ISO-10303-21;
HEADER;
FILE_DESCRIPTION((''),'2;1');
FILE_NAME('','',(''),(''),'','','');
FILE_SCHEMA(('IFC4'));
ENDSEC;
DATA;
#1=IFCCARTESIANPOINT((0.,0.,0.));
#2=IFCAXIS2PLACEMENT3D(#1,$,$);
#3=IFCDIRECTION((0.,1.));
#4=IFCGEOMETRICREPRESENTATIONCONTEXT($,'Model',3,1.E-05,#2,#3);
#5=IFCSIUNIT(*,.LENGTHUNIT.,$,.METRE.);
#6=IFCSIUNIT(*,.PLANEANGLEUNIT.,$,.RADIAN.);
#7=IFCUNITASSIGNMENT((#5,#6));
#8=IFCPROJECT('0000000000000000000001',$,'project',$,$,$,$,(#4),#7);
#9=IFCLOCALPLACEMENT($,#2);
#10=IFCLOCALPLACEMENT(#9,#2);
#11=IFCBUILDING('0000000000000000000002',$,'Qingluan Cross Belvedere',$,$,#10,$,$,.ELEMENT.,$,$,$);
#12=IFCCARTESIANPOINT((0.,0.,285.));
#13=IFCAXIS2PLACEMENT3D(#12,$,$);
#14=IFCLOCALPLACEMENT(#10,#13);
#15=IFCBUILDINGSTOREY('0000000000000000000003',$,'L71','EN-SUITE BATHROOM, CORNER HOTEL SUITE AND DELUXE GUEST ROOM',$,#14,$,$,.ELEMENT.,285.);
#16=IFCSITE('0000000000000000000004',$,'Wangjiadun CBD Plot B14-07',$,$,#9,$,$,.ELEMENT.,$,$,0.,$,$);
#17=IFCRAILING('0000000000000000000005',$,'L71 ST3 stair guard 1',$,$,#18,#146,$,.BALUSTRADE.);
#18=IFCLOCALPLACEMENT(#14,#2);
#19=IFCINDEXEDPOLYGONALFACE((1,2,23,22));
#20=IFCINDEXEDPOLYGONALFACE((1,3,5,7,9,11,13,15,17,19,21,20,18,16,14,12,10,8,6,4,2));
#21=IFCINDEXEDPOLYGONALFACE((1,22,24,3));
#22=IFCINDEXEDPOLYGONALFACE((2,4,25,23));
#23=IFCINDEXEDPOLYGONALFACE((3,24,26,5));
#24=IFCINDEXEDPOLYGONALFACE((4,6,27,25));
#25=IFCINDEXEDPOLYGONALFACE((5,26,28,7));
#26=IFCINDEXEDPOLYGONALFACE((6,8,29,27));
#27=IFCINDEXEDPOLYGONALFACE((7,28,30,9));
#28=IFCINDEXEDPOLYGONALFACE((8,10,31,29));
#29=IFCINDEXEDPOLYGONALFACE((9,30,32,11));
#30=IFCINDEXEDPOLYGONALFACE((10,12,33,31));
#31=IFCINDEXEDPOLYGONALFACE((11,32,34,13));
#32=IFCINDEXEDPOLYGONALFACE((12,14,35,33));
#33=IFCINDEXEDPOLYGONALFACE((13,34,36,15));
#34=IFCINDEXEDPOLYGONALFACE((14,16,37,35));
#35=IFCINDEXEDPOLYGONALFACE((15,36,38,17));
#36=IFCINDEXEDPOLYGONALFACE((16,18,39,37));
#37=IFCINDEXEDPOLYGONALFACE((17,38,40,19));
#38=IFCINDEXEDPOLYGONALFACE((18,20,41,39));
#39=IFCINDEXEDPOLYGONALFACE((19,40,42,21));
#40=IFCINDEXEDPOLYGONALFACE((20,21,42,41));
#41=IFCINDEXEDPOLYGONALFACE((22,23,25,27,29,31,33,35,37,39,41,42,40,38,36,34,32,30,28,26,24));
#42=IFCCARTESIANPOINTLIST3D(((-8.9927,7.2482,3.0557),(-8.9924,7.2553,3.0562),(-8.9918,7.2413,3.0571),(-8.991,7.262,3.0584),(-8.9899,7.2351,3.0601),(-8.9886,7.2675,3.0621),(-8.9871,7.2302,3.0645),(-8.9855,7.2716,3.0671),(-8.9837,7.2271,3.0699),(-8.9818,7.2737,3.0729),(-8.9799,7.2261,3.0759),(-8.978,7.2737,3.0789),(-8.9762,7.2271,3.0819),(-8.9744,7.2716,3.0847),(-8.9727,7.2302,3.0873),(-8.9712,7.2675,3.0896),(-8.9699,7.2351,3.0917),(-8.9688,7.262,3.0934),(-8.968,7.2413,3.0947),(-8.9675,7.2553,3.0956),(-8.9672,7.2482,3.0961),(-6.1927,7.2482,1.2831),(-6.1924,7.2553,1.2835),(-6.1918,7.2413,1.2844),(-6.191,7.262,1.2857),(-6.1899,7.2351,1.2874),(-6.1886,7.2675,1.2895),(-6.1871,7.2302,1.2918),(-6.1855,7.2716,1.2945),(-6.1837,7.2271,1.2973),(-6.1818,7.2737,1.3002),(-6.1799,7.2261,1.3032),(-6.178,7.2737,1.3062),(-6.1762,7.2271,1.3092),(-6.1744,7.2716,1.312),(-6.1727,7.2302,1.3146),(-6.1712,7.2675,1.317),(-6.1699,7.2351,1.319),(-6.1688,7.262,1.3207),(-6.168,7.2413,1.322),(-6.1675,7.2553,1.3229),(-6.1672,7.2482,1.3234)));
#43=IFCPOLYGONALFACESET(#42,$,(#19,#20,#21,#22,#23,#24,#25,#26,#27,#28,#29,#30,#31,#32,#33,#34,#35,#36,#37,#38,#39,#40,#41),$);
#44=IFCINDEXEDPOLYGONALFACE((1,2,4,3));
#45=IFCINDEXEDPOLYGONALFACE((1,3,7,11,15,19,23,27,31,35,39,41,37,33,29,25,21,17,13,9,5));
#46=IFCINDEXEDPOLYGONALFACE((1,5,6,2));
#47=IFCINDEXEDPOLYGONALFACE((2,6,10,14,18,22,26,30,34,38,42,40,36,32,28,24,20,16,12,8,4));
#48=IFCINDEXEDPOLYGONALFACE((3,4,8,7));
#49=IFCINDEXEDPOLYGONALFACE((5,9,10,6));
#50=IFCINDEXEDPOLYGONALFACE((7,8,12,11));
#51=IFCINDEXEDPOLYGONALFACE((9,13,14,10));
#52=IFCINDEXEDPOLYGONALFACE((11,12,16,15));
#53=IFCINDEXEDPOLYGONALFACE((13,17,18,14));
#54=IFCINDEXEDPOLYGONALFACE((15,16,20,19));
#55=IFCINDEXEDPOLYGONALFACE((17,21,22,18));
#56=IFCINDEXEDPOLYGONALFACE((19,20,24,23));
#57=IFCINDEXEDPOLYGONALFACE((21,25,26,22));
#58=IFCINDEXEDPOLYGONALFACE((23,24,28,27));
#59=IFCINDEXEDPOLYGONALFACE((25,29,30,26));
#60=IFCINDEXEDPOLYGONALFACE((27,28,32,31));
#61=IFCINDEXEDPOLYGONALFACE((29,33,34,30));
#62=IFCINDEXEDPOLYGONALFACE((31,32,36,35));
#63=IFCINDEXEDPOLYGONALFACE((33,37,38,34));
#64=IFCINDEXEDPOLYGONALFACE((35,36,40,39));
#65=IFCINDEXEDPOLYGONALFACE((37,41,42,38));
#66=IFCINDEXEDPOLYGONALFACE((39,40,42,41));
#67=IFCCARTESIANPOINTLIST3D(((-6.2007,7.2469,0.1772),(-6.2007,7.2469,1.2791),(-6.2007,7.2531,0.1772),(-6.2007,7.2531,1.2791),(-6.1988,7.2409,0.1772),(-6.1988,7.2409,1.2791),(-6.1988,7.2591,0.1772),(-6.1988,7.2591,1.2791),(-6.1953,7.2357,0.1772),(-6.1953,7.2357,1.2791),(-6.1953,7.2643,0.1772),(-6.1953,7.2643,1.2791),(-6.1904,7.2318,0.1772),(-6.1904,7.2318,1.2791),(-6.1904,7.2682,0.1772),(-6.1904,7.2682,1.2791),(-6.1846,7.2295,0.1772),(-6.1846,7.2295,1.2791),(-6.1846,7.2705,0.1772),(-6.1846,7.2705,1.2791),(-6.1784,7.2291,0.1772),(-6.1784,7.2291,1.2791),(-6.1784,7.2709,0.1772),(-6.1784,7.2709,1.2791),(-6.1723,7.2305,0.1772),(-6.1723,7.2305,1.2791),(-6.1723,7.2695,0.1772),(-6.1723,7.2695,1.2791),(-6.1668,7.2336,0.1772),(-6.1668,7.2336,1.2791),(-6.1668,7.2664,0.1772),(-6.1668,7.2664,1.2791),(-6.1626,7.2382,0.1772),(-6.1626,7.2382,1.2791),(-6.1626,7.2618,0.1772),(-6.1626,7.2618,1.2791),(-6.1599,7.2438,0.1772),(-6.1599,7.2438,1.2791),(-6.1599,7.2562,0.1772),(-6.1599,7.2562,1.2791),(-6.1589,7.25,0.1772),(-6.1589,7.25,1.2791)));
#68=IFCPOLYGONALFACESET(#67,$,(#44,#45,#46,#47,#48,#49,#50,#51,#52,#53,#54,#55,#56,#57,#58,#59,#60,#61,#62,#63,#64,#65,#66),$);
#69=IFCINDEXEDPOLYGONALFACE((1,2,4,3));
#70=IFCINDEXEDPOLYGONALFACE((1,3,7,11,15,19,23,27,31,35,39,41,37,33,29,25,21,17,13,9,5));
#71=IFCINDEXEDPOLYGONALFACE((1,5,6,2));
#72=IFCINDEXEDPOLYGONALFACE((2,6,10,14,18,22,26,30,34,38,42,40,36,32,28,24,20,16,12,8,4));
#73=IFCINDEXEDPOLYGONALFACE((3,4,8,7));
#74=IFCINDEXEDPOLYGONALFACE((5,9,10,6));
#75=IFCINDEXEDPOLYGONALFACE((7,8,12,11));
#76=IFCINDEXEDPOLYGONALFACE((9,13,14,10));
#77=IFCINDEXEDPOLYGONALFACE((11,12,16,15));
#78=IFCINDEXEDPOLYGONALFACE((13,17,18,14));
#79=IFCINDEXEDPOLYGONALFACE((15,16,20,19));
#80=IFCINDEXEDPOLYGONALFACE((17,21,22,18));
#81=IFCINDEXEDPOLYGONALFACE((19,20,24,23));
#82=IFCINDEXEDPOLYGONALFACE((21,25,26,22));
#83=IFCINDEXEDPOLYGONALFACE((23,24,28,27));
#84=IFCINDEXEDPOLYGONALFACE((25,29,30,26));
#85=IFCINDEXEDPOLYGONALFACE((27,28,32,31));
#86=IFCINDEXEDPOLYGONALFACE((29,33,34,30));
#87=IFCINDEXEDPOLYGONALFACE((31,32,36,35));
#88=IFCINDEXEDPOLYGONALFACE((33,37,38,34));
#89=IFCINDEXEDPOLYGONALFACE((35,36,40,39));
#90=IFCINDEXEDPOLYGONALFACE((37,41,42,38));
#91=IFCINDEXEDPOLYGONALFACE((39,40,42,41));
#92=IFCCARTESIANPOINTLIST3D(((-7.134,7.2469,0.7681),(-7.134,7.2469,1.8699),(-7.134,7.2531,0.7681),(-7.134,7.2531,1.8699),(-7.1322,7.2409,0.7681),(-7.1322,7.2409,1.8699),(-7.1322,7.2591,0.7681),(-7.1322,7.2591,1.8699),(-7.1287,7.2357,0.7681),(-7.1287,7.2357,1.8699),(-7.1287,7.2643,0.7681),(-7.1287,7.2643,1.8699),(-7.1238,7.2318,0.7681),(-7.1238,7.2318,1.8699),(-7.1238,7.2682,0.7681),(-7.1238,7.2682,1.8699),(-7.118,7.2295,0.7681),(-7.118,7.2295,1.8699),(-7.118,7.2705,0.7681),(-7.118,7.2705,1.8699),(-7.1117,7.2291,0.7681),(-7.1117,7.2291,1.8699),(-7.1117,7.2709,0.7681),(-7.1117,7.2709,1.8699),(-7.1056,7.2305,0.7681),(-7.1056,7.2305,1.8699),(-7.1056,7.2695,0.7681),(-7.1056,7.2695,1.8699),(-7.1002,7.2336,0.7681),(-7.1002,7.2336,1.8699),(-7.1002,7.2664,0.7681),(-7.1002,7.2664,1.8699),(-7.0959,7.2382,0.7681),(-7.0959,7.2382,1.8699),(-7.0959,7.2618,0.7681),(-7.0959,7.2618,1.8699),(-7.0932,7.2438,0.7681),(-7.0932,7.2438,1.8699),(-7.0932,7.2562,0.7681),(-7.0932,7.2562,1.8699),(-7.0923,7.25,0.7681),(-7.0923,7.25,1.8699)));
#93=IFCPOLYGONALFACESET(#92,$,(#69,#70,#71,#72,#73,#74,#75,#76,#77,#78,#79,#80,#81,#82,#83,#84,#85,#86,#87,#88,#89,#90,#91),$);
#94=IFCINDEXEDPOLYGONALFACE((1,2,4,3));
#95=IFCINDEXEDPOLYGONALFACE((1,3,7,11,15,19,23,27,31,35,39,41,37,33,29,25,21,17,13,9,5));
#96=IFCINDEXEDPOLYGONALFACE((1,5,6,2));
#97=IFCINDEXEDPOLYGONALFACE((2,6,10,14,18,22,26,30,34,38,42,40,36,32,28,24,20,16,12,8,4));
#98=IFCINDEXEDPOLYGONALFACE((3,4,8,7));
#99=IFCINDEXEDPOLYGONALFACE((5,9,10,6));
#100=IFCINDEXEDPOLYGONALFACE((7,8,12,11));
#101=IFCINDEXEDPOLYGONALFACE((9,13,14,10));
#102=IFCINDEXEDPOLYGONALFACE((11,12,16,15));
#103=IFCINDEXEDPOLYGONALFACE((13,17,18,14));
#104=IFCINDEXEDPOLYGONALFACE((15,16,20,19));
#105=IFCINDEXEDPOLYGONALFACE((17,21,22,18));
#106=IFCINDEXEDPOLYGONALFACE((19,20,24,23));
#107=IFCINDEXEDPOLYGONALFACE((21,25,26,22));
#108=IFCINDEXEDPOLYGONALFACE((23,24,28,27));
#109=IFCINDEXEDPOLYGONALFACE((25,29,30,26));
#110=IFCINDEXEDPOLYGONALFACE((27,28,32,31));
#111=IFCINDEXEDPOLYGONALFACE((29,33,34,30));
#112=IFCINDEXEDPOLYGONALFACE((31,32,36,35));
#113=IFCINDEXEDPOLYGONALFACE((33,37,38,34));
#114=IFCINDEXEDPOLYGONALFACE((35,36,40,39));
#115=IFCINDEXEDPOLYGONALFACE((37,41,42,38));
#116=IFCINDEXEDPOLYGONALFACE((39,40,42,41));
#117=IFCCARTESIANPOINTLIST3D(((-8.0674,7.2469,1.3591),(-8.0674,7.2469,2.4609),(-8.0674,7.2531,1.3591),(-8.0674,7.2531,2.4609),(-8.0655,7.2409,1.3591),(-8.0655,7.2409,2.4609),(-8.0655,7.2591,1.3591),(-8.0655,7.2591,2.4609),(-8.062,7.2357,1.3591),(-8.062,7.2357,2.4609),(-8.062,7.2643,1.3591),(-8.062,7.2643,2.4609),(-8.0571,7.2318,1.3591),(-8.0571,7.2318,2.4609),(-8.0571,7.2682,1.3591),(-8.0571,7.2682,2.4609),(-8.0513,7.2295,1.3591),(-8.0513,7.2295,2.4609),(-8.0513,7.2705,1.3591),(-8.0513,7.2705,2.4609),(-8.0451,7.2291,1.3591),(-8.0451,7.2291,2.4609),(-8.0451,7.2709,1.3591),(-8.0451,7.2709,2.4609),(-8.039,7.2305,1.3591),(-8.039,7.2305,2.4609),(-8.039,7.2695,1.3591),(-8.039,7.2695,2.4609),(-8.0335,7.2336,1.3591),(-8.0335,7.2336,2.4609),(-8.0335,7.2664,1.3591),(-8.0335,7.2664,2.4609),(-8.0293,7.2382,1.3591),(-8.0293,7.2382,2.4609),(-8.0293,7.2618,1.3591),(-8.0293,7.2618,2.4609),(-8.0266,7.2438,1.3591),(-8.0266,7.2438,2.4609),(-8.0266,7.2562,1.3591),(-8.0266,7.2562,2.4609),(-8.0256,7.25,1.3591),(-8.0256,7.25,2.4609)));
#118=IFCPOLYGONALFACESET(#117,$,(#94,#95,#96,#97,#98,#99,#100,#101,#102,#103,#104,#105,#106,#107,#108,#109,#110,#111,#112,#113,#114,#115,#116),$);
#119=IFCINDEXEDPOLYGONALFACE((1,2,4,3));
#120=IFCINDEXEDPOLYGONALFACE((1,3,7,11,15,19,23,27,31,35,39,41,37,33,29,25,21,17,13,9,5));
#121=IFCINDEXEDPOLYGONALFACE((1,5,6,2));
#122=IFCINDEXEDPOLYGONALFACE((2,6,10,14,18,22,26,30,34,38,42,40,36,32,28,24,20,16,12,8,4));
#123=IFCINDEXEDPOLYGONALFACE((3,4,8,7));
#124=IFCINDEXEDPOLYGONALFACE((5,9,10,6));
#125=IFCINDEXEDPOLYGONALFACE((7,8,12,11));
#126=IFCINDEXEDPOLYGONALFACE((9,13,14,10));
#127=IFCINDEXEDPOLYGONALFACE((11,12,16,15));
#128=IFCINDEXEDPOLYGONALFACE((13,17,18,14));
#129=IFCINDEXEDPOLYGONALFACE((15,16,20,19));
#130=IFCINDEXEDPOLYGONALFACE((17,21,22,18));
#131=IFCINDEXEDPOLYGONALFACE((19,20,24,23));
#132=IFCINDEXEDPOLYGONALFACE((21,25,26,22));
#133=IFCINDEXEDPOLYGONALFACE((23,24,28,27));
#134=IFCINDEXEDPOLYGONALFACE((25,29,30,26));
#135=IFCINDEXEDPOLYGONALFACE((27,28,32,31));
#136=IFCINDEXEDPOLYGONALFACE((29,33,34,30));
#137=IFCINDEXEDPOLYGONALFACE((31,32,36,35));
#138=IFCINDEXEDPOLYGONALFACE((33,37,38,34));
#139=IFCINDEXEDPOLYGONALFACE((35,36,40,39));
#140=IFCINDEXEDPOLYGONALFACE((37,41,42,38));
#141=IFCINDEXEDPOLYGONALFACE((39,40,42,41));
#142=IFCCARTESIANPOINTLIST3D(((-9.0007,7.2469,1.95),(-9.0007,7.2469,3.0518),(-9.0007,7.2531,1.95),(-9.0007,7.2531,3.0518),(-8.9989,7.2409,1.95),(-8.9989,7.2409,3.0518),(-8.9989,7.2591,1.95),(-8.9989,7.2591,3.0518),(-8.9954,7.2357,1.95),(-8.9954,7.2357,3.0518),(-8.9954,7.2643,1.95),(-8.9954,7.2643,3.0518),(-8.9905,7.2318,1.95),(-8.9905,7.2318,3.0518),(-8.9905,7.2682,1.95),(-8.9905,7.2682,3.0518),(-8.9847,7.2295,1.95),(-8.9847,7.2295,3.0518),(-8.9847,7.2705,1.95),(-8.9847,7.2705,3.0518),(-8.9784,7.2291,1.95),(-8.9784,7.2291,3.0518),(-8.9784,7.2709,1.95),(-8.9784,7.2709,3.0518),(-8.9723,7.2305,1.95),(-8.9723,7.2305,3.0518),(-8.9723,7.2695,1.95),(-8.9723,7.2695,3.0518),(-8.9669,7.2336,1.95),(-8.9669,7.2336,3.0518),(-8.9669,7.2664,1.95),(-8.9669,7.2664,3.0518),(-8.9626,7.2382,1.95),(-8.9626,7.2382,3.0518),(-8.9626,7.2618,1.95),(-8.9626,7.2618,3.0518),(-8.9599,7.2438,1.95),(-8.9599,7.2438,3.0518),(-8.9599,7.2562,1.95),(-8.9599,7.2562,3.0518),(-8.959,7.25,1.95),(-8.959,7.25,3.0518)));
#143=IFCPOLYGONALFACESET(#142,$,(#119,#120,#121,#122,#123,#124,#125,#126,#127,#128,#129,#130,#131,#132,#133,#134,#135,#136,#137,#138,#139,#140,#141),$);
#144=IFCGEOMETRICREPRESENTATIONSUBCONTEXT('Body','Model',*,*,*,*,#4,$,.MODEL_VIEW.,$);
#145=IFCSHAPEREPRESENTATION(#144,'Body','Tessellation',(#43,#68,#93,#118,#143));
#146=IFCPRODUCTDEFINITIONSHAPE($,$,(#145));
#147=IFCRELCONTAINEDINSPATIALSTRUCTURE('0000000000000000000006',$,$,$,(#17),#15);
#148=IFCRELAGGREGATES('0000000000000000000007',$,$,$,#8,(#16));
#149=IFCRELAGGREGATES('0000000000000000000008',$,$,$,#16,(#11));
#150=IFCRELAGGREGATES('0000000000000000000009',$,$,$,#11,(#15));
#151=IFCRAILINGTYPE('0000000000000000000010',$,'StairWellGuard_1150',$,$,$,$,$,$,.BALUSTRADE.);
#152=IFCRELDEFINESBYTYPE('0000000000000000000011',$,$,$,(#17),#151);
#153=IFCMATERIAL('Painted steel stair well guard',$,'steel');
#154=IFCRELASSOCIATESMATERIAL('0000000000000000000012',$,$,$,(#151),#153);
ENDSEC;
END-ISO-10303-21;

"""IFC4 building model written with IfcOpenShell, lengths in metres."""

from ifc_helpers import new_model, si_unit, direction, frame, origin, origin_2d, place, context, subcontext, project, spatial, circle, extrude, material, type_object, element, save


model = new_model("IFC4")

# Units and contexts
model_context = context("Model", 3, precision=1e-05, world=origin(), true_north=direction((0.0, 1.0)))
body_context = subcontext(model_context, "Body", "Model", "MODEL_VIEW")
ifc_project = project(units=[si_unit("LENGTHUNIT", "METRE"), si_unit("PLANEANGLEUNIT", "RADIAN")], contexts=[model_context])

# Site, building, storey
site_placement = place(None, origin())
site = spatial("IfcSite", under=ifc_project, at=site_placement, Name="Wangjiadun CBD Plot B14-07", CompositionType="ELEMENT", RefElevation=0.0)
building_placement = place(site_placement, origin())
building = spatial("IfcBuilding", under=site, at=building_placement, Name="Qingluan Cross Belvedere", CompositionType="ELEMENT")
storey_placement = place(building_placement, frame((0.0, 0.0, 285.0)))
storey = spatial("IfcBuildingStorey", under=building, at=storey_placement, Name="L71", Description="EN-SUITE BATHROOM, CORNER HOTEL SUITE AND DELUXE GUEST ROOM", CompositionType="ELEMENT", Elevation=285.0)

# Railing
ifc_material_1 = material(Name="Painted steel stair well guard", Category="steel")
railing_type_1 = type_object("IfcRailingType", Name="StairWellGuard_1150", PredefinedType="BALUSTRADE", material=ifc_material_1)
railing_1_placement = place(storey_placement, frame((-6.1799, 7.25, 0.1772)))
element("IfcRailing", 1, at=railing_1_placement, inside=storey, type_object=railing_type_1, Name="L71 ST3 stair guard 1", PredefinedType="BALUSTRADE", context=body_context, shape_type="SweptSolid", body=[
    extrude(circle(Radius=0.0239, at=origin_2d()), frame((0.0, 0.0, 1.126), z_axis=(-0.844909, 0.0, 0.53491), x_axis=(0.0, -1.0, 0.0)), (0.0, 0.0, 1.0), 3.314),
    extrude(circle(Radius=0.021, at=origin_2d()), origin(), (0.0, 0.0, 1.0), 1.1018),
    extrude(circle(Radius=0.021, at=origin_2d()), frame((-0.9333, 0.0, 0.5908)), (0.0, 0.0, 1.0), 1.1018),
    extrude(circle(Radius=0.021, at=origin_2d()), frame((-1.8667, 0.0, 1.1819)), (0.0, 0.0, 1.0), 1.1018),
    extrude(circle(Radius=0.021, at=origin_2d()), frame((-2.8, 0.0, 1.7727)), (0.0, 0.0, 1.0), 1.1018),
])

save(model, "model.ifc")
